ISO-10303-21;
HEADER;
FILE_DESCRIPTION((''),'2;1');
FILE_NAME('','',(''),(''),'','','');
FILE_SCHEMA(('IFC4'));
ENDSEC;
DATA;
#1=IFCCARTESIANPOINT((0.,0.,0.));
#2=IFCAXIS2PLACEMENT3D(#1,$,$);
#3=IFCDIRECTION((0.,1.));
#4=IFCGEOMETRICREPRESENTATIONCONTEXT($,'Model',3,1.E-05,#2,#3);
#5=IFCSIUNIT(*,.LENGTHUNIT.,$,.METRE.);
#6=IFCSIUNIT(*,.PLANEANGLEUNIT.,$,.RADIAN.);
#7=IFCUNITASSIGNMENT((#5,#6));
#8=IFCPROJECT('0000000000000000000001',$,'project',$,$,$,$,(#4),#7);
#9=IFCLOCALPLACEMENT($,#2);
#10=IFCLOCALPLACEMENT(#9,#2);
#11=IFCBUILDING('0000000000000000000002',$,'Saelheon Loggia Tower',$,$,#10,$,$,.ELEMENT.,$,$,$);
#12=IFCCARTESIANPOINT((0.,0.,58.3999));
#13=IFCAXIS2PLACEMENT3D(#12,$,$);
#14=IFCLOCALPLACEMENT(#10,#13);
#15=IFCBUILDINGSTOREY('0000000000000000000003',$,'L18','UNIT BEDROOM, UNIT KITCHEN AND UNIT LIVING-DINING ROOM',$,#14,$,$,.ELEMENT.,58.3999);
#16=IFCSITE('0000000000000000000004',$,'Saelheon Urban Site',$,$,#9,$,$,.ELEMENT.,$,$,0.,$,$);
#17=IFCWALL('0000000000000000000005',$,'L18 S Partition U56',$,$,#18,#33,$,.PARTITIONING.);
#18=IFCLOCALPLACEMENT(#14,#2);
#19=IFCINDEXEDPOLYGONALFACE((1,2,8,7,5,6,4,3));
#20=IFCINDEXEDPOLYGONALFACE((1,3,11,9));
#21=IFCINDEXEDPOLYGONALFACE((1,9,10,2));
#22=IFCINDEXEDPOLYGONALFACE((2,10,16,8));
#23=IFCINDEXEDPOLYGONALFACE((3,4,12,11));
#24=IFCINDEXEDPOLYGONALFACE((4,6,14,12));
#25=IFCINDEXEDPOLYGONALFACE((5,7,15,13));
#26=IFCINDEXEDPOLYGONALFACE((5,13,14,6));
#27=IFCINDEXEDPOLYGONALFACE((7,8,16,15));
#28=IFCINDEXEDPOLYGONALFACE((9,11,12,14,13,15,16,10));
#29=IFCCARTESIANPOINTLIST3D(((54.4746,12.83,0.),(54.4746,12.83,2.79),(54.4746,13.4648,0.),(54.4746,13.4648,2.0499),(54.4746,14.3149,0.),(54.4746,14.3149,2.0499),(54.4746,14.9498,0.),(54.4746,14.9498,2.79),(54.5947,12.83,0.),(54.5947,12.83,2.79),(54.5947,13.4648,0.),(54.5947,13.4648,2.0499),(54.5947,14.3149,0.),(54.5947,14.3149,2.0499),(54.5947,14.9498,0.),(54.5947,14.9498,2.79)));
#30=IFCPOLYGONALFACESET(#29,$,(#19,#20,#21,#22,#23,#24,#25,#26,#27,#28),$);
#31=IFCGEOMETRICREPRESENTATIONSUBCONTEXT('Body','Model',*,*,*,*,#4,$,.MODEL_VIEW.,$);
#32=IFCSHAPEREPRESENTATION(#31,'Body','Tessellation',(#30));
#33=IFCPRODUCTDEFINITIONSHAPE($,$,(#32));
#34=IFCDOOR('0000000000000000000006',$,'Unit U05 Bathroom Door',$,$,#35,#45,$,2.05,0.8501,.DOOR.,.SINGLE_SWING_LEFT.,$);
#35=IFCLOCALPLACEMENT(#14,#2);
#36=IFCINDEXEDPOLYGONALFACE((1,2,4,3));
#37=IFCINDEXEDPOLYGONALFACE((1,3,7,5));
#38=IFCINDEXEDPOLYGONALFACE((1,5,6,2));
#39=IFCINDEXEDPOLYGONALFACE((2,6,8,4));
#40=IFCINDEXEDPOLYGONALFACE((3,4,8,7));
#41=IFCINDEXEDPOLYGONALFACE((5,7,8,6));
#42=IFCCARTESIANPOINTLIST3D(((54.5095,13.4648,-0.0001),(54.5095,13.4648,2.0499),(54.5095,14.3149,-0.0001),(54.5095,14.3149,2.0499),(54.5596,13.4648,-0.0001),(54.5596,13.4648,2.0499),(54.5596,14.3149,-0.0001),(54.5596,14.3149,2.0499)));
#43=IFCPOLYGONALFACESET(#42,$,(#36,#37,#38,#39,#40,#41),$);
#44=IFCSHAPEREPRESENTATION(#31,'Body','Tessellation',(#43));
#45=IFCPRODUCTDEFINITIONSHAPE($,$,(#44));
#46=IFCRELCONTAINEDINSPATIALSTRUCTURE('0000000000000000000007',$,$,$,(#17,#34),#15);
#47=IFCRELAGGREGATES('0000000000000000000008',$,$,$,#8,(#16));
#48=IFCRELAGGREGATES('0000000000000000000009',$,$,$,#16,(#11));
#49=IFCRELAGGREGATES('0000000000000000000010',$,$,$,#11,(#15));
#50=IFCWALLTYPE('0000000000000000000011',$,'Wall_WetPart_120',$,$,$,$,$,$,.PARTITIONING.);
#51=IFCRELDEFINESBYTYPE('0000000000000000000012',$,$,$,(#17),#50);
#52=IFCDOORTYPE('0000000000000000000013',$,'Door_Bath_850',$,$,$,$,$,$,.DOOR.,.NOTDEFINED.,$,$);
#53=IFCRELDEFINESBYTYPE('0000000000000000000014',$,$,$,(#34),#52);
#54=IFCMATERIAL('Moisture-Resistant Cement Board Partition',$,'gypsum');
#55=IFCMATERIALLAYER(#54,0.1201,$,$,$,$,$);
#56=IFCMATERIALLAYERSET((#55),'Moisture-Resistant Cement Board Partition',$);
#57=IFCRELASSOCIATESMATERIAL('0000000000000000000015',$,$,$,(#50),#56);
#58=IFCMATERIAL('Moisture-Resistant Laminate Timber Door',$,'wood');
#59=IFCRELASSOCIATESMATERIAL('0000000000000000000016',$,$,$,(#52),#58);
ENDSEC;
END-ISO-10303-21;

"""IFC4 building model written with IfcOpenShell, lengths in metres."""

from ifc_helpers import new_model, si_unit, direction, frame, frame_2d, origin, place, context, subcontext, project, spatial, rectangle, extrude, source, transform, mapped, material, layer, layer_set, type_object, element, fill, save


model = new_model("IFC4")

# Units and contexts
model_context = context("Model", 3, precision=1e-05, world=origin(), true_north=direction((0.0, 1.0)))
body_context = subcontext(model_context, "Body", "Model", "MODEL_VIEW")
ifc_project = project(units=[si_unit("LENGTHUNIT", "METRE"), si_unit("PLANEANGLEUNIT", "RADIAN")], contexts=[model_context])

# Site, building, storey
site_placement = place(None, origin())
site = spatial("IfcSite", under=ifc_project, at=site_placement, Name="Saelheon Urban Site", CompositionType="ELEMENT", RefElevation=0.0)
building_placement = place(site_placement, origin())
building = spatial("IfcBuilding", under=site, at=building_placement, Name="Saelheon Loggia Tower", CompositionType="ELEMENT")
storey_placement = place(building_placement, frame((0.0, 0.0, 58.3999)))
storey = spatial("IfcBuildingStorey", under=building, at=storey_placement, Name="L18", Description="UNIT BEDROOM, UNIT KITCHEN AND UNIT LIVING-DINING ROOM", CompositionType="ELEMENT", Elevation=58.3999)

# Wall, opening, door
ifc_material_1 = material(Name="Moisture-Resistant Cement Board Partition", Category="gypsum")
ifc_layer_1 = layer(ifc_material_1, 0.1201)
ifc_layer_set_1 = layer_set([ifc_layer_1], Name="Moisture-Resistant Cement Board Partition")
wall_type_1 = type_object("IfcWallType", Name="Wall_WetPart_120", PredefinedType="PARTITIONING", material=ifc_layer_set_1)
wall_1_placement = place(storey_placement, frame((54.5347, 14.95, 0.0), z_axis=(0.0, 0.0, 1.0), x_axis=(0.0, -1.0, 0.0)))
wall_1 = element("IfcWall", 1, at=wall_1_placement, inside=storey, type_object=wall_type_1, Name="L18 S Partition U56", PredefinedType="PARTITIONING", context=body_context, shape_type="SweptSolid", body=[
    extrude(rectangle(XDim=2.1199, YDim=0.1201, at=frame_2d((1.0601, 0.0))), origin(), (0.0, 0.0, 1.0), 2.79),
])
opening_1_placement = place(wall_1_placement, frame((0.635, 0.0, 0.0)))
opening_1 = element("IfcOpeningElement", 2, at=opening_1_placement, cuts=wall_1, PredefinedType="OPENING", context=body_context, shape_type="SweptSolid", body=[
    extrude(rectangle(XDim=0.8501, YDim=2.05, at=frame_2d((0.425, 1.0249))), frame((0.0, 0.072, 0.0), z_axis=(0.0, -1.0, 0.0), x_axis=(1.0, 0.0, 0.0)), (0.0, 0.0, 1.0), 0.144),
])
ifc_material_2 = material(Name="Moisture-Resistant Laminate Timber Door", Category="wood")
door_type_1 = type_object("IfcDoorType", Name="Door_Bath_850", OperationType="NOTDEFINED", PredefinedType="DOOR", material=ifc_material_2)
shared_shape_1 = source(origin(), body_context, "Body", "SweptSolid", [
    extrude(rectangle(XDim=0.8501, YDim=2.05, at=frame_2d((0.425, 1.0249))), frame((0.0, 0.0249, 0.0), z_axis=(0.0, -1.0, 0.0), x_axis=(1.0, 0.0, 0.0)), (0.0, 0.0, 1.0), 0.05),
])
door_1_placement = place(opening_1_placement, origin())
door_1 = element("IfcDoor", 3, at=door_1_placement, inside=storey, type_object=door_type_1, Name="Unit U05 Bathroom Door", OperationType="SINGLE_SWING_LEFT", OverallHeight=2.05, OverallWidth=0.8501, PredefinedType="DOOR", context=body_context, shape_type="MappedRepresentation", body=[
    mapped(shared_shape_1, transform((0.0, 0.0, 0.0), scale=1.0)),
])
fill(opening_1, door_1)

save(model, "model.ifc")
